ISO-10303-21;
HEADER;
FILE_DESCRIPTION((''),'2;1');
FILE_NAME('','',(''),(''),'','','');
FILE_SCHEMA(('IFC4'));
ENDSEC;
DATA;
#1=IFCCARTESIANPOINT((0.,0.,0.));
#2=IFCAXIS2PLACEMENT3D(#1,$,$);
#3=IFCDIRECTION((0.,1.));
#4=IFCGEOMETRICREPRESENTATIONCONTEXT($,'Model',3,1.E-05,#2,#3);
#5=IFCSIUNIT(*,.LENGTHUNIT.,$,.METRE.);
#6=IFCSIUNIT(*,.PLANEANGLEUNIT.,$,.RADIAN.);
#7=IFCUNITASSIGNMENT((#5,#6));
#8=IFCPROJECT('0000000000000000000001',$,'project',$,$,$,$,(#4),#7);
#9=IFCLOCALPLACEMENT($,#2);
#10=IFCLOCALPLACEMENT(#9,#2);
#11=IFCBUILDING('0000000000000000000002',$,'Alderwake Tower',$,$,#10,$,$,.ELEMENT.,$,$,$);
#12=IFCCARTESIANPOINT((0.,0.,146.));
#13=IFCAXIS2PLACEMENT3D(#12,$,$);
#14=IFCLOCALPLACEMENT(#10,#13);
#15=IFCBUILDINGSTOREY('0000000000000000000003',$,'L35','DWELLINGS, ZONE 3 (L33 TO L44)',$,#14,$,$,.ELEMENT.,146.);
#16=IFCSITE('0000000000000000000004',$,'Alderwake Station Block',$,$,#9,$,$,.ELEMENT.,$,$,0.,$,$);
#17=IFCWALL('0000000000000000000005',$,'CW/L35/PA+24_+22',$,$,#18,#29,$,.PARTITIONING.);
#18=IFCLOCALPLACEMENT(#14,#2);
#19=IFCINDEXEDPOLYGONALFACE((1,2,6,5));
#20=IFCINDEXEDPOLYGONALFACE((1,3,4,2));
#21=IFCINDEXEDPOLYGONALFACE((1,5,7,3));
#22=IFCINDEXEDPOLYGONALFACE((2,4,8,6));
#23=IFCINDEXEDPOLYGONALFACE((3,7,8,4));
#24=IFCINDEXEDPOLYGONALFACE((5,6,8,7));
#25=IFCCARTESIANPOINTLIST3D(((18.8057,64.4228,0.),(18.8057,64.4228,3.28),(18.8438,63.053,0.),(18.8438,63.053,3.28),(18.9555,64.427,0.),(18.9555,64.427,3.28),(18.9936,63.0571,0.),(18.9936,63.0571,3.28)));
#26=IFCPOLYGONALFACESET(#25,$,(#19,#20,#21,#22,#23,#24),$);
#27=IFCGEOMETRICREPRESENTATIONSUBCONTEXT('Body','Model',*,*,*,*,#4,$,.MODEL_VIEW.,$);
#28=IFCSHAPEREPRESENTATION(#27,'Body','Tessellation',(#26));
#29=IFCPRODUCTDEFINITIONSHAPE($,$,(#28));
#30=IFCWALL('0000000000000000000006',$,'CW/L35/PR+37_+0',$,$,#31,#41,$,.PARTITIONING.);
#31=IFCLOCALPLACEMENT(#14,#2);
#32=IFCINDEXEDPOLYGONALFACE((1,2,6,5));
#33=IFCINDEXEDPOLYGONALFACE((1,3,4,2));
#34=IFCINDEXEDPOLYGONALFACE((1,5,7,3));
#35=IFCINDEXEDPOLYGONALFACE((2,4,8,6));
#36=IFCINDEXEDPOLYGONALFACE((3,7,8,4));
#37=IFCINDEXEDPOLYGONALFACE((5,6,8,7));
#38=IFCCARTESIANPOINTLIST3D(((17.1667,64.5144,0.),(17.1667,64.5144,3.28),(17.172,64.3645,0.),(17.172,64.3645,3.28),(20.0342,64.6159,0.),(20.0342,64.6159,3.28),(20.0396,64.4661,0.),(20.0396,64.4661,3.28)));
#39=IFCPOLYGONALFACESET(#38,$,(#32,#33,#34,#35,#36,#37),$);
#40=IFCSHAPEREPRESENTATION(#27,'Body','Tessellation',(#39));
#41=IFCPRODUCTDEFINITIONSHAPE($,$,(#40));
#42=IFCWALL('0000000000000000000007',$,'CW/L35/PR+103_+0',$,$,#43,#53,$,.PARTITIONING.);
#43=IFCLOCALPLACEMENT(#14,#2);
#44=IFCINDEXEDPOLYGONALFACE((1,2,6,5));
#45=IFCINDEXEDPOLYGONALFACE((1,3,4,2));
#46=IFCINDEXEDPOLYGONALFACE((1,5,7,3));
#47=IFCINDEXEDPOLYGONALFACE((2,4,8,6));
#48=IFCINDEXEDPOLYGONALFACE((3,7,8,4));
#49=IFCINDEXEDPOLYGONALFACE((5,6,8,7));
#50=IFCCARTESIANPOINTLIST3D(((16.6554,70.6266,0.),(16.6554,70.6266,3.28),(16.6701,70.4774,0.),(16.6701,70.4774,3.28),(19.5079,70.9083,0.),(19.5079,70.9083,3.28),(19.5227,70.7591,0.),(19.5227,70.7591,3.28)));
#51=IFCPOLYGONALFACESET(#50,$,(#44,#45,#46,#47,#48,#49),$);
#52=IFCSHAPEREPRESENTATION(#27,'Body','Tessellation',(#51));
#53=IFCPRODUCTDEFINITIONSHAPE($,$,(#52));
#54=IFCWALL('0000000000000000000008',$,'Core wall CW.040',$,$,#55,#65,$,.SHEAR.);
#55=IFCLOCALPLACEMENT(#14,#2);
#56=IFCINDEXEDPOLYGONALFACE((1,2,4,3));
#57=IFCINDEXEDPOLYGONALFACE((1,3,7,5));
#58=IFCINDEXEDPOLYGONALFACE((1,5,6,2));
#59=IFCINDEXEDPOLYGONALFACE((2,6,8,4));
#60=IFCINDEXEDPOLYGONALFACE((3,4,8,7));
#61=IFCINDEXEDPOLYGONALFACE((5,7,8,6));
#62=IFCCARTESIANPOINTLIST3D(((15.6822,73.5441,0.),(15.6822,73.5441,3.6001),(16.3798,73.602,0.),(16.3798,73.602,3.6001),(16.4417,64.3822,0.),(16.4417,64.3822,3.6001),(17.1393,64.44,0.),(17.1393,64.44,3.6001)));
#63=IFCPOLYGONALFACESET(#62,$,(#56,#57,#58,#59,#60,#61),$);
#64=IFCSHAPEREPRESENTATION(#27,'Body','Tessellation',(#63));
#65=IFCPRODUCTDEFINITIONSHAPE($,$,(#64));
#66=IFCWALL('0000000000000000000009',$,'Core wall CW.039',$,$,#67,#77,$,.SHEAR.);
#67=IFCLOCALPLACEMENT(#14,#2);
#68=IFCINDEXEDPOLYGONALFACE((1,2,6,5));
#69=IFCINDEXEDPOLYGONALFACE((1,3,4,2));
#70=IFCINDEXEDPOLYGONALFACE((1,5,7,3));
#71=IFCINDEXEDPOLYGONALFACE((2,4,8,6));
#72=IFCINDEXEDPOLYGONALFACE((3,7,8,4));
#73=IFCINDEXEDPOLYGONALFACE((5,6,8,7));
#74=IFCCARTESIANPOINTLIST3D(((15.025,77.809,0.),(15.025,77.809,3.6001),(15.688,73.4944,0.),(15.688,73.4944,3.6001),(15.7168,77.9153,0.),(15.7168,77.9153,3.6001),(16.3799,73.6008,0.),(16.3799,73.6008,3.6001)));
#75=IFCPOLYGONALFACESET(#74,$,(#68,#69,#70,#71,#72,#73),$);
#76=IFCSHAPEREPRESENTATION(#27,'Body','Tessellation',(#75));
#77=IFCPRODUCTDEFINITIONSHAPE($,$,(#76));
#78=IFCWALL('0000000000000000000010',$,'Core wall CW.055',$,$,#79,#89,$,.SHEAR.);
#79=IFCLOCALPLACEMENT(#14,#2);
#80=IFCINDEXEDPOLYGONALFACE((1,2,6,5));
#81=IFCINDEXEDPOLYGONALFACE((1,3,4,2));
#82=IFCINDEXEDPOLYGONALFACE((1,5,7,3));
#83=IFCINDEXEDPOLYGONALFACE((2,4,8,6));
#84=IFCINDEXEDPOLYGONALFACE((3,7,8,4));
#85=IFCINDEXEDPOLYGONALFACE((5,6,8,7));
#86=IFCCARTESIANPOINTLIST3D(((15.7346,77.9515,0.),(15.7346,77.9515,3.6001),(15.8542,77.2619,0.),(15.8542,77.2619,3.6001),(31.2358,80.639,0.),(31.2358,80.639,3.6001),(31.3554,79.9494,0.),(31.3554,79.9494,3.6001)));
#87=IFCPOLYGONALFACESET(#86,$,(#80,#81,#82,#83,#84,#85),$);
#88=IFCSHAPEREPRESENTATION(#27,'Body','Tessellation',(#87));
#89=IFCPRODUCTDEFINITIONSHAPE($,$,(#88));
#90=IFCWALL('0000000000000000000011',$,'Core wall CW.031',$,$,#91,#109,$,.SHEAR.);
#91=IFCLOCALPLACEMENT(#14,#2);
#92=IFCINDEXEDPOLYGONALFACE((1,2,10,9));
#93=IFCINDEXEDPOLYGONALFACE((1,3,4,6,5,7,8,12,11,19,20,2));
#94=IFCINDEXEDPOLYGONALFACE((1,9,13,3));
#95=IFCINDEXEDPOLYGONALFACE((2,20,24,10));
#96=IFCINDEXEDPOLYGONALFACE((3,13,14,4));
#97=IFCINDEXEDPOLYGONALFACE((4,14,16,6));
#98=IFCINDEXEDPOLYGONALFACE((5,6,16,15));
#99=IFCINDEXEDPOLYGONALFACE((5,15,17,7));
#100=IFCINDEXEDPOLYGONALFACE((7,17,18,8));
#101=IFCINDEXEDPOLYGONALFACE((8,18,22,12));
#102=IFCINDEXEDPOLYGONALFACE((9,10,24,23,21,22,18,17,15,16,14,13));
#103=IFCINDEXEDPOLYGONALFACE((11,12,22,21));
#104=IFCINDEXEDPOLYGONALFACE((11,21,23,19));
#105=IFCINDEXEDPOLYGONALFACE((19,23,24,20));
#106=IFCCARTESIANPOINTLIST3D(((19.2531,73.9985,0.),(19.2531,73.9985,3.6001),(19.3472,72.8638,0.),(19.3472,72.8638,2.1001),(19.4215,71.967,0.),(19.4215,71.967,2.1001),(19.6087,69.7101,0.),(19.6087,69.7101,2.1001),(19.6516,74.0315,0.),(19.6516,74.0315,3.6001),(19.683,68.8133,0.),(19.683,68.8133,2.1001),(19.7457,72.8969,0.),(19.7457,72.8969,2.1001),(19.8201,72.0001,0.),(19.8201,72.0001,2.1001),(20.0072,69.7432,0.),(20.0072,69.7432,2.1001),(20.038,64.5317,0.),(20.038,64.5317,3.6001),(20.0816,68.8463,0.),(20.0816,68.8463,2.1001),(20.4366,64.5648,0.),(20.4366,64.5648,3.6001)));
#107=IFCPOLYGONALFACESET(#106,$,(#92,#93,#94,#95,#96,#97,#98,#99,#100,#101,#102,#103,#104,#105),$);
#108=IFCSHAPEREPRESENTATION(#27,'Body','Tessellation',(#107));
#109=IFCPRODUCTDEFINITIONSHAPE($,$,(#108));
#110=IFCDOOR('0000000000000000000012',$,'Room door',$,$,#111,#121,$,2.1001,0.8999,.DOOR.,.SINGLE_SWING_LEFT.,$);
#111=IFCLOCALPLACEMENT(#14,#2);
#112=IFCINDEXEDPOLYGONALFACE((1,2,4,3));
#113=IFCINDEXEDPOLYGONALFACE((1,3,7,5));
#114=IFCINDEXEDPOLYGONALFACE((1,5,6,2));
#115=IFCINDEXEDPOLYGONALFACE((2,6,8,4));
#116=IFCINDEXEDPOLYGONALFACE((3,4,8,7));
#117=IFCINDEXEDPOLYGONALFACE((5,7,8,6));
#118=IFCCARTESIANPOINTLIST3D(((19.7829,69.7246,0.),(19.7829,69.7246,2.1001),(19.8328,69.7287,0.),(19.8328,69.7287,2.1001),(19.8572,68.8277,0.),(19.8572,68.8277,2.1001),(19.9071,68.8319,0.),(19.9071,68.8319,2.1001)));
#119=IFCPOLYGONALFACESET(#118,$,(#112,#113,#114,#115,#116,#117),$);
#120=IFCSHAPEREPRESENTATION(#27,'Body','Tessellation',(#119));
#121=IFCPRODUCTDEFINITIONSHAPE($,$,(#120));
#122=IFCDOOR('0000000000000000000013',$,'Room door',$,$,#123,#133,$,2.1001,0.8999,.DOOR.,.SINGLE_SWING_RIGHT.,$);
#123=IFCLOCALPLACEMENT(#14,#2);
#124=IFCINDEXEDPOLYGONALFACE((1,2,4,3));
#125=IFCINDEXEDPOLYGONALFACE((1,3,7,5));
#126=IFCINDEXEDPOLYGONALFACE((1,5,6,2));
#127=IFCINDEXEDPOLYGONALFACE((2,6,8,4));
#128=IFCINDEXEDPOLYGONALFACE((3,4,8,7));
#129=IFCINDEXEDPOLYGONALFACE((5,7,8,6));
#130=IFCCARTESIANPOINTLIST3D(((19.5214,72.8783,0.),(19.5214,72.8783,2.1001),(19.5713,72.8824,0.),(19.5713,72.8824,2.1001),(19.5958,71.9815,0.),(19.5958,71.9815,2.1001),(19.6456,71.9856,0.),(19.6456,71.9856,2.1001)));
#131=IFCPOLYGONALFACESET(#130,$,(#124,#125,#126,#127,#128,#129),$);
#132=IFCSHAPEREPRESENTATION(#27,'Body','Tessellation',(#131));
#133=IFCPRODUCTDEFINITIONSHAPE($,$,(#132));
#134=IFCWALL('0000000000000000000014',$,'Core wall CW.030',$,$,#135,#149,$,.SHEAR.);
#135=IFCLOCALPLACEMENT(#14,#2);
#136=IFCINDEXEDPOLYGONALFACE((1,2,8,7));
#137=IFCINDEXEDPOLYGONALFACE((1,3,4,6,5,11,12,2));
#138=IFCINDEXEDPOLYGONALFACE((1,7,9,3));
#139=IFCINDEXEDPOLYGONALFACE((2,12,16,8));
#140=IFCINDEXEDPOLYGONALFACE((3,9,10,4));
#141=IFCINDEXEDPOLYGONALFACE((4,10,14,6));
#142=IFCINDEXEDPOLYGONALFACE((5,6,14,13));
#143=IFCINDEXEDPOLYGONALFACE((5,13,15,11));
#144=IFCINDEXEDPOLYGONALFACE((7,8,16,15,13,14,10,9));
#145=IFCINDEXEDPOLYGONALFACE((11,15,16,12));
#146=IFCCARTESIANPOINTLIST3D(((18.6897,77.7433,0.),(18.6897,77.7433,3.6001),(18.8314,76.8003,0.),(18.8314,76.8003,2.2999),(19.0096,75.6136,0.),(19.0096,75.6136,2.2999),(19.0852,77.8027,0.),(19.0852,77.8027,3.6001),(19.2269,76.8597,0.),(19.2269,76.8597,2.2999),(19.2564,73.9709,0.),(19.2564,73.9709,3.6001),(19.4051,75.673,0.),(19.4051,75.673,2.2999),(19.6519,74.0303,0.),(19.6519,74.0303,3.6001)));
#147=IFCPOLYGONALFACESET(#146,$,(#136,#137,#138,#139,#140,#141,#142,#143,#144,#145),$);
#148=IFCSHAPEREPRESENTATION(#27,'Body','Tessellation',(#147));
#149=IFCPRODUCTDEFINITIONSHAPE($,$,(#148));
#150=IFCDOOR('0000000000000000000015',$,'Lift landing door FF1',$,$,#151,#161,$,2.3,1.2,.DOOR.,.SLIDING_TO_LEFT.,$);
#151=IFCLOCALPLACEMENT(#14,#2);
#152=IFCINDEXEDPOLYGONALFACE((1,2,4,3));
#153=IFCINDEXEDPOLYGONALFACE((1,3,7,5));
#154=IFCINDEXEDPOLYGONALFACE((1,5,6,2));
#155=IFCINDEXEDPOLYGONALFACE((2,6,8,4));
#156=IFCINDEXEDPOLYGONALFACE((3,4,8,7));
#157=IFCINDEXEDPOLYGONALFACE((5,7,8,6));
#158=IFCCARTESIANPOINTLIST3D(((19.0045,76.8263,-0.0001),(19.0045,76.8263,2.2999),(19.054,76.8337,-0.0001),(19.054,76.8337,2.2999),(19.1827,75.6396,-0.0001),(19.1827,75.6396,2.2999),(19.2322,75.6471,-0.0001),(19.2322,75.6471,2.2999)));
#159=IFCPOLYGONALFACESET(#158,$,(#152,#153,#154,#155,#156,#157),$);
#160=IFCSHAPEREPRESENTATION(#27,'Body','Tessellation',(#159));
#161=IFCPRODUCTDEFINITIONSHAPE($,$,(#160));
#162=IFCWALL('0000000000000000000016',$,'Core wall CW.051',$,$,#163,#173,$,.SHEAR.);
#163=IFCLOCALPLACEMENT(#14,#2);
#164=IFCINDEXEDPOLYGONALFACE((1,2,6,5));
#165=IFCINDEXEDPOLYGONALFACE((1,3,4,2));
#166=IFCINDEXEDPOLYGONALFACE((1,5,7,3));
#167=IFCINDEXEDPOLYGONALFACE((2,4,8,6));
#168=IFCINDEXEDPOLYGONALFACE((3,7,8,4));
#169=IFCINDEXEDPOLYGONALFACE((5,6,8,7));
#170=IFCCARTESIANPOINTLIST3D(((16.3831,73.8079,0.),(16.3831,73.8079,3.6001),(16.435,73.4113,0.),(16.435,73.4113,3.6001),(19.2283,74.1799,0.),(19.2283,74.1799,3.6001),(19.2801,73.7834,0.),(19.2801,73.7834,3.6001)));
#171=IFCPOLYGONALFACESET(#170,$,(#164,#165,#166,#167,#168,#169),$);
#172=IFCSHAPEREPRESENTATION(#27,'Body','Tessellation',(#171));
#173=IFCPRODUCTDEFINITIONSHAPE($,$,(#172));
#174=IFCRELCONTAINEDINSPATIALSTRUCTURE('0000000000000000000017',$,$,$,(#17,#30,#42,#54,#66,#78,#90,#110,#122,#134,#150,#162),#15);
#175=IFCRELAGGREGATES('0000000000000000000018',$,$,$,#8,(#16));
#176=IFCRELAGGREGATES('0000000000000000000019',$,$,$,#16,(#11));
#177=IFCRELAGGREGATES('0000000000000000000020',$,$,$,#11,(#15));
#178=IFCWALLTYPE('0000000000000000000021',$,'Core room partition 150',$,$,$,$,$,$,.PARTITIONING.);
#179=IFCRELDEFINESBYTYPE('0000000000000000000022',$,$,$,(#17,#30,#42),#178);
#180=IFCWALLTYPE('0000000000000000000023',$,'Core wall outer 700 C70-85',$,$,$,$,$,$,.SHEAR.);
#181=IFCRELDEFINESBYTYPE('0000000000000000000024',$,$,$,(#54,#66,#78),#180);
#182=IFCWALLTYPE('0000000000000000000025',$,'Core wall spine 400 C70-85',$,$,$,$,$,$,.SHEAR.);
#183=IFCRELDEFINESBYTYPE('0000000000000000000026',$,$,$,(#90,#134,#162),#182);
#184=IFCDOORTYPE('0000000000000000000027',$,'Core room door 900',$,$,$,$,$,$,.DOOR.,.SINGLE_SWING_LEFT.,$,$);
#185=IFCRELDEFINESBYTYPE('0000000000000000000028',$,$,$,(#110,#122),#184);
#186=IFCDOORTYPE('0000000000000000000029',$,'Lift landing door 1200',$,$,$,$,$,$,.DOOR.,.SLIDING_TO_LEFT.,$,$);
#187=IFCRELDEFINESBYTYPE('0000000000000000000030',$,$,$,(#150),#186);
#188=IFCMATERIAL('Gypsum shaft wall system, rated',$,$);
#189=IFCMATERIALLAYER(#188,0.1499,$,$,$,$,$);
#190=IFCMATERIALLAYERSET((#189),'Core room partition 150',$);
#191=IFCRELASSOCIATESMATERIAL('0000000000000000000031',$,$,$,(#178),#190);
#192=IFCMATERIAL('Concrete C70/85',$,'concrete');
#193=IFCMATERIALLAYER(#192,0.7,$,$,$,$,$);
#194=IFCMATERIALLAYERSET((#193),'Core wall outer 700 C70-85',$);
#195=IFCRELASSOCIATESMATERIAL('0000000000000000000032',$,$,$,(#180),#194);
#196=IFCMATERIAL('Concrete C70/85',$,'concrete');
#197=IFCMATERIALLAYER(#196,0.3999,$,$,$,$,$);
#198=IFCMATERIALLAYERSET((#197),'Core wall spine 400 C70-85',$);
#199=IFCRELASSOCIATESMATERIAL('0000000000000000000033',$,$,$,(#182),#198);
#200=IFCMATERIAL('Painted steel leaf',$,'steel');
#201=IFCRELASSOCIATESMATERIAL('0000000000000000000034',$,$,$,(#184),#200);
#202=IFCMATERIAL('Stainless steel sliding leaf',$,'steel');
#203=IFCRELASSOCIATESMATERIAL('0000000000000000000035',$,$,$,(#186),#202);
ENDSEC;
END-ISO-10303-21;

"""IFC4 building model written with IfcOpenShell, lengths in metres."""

from ifc_helpers import new_model, si_unit, direction, frame, frame_2d, origin, place, context, subcontext, project, spatial, rectangle, extrude, material, layer, layer_set, type_object, element, fill, save


model = new_model("IFC4")

# Units and contexts
model_context = context("Model", 3, precision=1e-05, world=origin(), true_north=direction((0.0, 1.0)))
body_context = subcontext(model_context, "Body", "Model", "MODEL_VIEW")
ifc_project = project(units=[si_unit("LENGTHUNIT", "METRE"), si_unit("PLANEANGLEUNIT", "RADIAN")], contexts=[model_context])

# Site, building, storey
site_placement = place(None, origin())
site = spatial("IfcSite", under=ifc_project, at=site_placement, Name="Alderwake Station Block", CompositionType="ELEMENT", RefElevation=0.0)
building_placement = place(site_placement, origin())
building = spatial("IfcBuilding", under=site, at=building_placement, Name="Alderwake Tower", CompositionType="ELEMENT")
storey_placement = place(building_placement, frame((0.0, 0.0, 146.0)))
storey = spatial("IfcBuildingStorey", under=building, at=storey_placement, Name="L35", Description="DWELLINGS, ZONE 3 (L33 TO L44)", CompositionType="ELEMENT", Elevation=146.0)

# Walls
ifc_material_1 = material(Name="Gypsum shaft wall system, rated")
ifc_layer_1 = layer(ifc_material_1, 0.1499)
ifc_layer_set_1 = layer_set([ifc_layer_1], Name="Core room partition 150")
wall_type_1 = type_object("IfcWallType", Name="Core room partition 150", PredefinedType="PARTITIONING", material=ifc_layer_set_1)
wall_1_placement = place(storey_placement, frame((18.9187, 63.0552, 0.0), z_axis=(0.0, 0.0, 1.0), x_axis=(-0.027792, 0.999614, 0.0)))
element("IfcWall", 1, at=wall_1_placement, inside=storey, type_object=wall_type_1, Name="CW/L35/PA+24_+22", PredefinedType="PARTITIONING", context=body_context, shape_type="SweptSolid", body=[
    extrude(rectangle(XDim=1.3704, YDim=0.1499, at=frame_2d((0.6851, 0.0))), origin(), (0.0, 0.0, 1.0), 3.28),
])
wall_2_placement = place(storey_placement, frame((17.1694, 64.4395, 0.0), z_axis=(0.0, 0.0, 1.0), x_axis=(0.999373, 0.035394, 0.0)))
element("IfcWall", 2, at=wall_2_placement, inside=storey, type_object=wall_type_1, Name="CW/L35/PR+37_+0", PredefinedType="PARTITIONING", context=body_context, shape_type="SweptSolid", body=[
    extrude(rectangle(XDim=2.8694, YDim=0.1499, at=frame_2d((1.4346, 0.0))), origin(), (0.0, 0.0, 1.0), 3.28),
])
wall_3_placement = place(storey_placement, frame((16.6628, 70.552, 0.0), z_axis=(0.0, 0.0, 1.0), x_axis=(0.995158, 0.098289, 0.0)))
element("IfcWall", 3, at=wall_3_placement, inside=storey, type_object=wall_type_1, Name="CW/L35/PR+103_+0", PredefinedType="PARTITIONING", context=body_context, shape_type="SweptSolid", body=[
    extrude(rectangle(XDim=2.8665, YDim=0.1499, at=frame_2d((1.4331, 0.0))), origin(), (0.0, 0.0, 1.0), 3.28),
])
ifc_material_2 = material(Name="Concrete C70/85", Category="concrete")
ifc_layer_2 = layer(ifc_material_2, 0.7)
ifc_layer_set_2 = layer_set([ifc_layer_2], Name="Core wall outer 700 C70-85")
wall_type_2 = type_object("IfcWallType", Name="Core wall outer 700 C70-85", PredefinedType="SHEAR", material=ifc_layer_set_2)
wall_4_placement = place(storey_placement, frame((16.7905, 64.4111, 0.0), z_axis=(0.0, 0.0, 1.0), x_axis=(-0.082617, 0.996581, 0.0)))
element("IfcWall", 4, at=wall_4_placement, inside=storey, type_object=wall_type_2, Name="Core wall CW.040", PredefinedType="SHEAR", context=body_context, shape_type="SweptSolid", body=[
    extrude(rectangle(XDim=9.1934, YDim=0.7, at=frame_2d((4.5967, 0.0))), origin(), (0.0, 0.0, 1.0), 3.6001),
])
wall_5_placement = place(storey_placement, frame((16.0339, 73.5476, 0.0), z_axis=(0.0, 0.0, 1.0), x_axis=(-0.151897, 0.988396, 0.0)))
element("IfcWall", 5, at=wall_5_placement, inside=storey, type_object=wall_type_2, Name="Core wall CW.039", PredefinedType="SHEAR", context=body_context, shape_type="SweptSolid", body=[
    extrude(rectangle(XDim=4.3652, YDim=0.7, at=frame_2d((2.1826, 0.0))), origin(), (0.0, 0.0, 1.0), 3.6001),
])
wall_6_placement = place(storey_placement, frame((15.7944, 77.6067, 0.0), z_axis=(0.0, 0.0, 1.0), x_axis=(0.985301, 0.170825, 0.0)))
element("IfcWall", 6, at=wall_6_placement, inside=storey, type_object=wall_type_2, Name="Core wall CW.055", PredefinedType="SHEAR", context=body_context, shape_type="SweptSolid", body=[
    extrude(rectangle(XDim=15.7324, YDim=0.7, at=frame_2d((7.8662, 0.0))), origin(), (0.0, 0.0, 1.0), 3.6001),
])

# Wall, openings, doors
ifc_material_3 = material(Name="Concrete C70/85", Category="concrete")
ifc_layer_3 = layer(ifc_material_3, 0.3999)
ifc_layer_set_3 = layer_set([ifc_layer_3], Name="Core wall spine 400 C70-85")
wall_type_3 = type_object("IfcWallType", Name="Core wall spine 400 C70-85", PredefinedType="SHEAR", material=ifc_layer_set_3)
wall_7_placement = place(storey_placement, frame((19.4524, 74.0149, 0.0), z_axis=(0.0, 0.0, 1.0), x_axis=(0.082629, -0.99658, 0.0)))
wall_7 = element("IfcWall", 7, at=wall_7_placement, inside=storey, type_object=wall_type_3, Name="Core wall CW.031", PredefinedType="SHEAR", context=body_context, shape_type="SweptSolid", body=[
    extrude(rectangle(XDim=9.4993, YDim=0.3999, at=frame_2d((4.7495, 0.0))), origin(), (0.0, 0.0, 1.0), 3.6001),
])
opening_1_placement = place(wall_7_placement, frame((4.303, 0.0, 0.0)))
opening_1 = element("IfcOpeningElement", 8, at=opening_1_placement, cuts=wall_7, PredefinedType="OPENING", context=body_context, shape_type="SweptSolid", body=[
    extrude(rectangle(XDim=0.8999, YDim=2.1001, at=frame_2d((0.45, 1.05))), frame((0.0, 0.21, 0.0), z_axis=(0.0, -1.0, 0.0), x_axis=(1.0, 0.0, 0.0)), (0.0, 0.0, 1.0), 0.4199),
])
opening_2_placement = place(wall_7_placement, frame((1.1384, 0.0, 0.0)))
opening_2 = element("IfcOpeningElement", 9, at=opening_2_placement, cuts=wall_7, PredefinedType="OPENING", context=body_context, shape_type="SweptSolid", body=[
    extrude(rectangle(XDim=0.8999, YDim=2.1001, at=frame_2d((0.45, 1.05))), frame((0.0, 0.21, 0.0), z_axis=(0.0, -1.0, 0.0), x_axis=(1.0, 0.0, 0.0)), (0.0, 0.0, 1.0), 0.4199),
])
ifc_material_4 = material(Name="Painted steel leaf", Category="steel")
door_type_1 = type_object("IfcDoorType", Name="Core room door 900", OperationType="SINGLE_SWING_LEFT", PredefinedType="DOOR", material=ifc_material_4)
door_1_placement = place(opening_1_placement, origin())
door_1 = element("IfcDoor", 10, at=door_1_placement, inside=storey, type_object=door_type_1, Name="Room door", OperationType="SINGLE_SWING_LEFT", OverallHeight=2.1001, OverallWidth=0.8999, PredefinedType="DOOR", context=body_context, shape_type="SweptSolid", body=[
    extrude(rectangle(XDim=0.8999, YDim=2.1001, at=frame_2d((0.45, 1.05))), frame((0.0, 0.0249, 0.0), z_axis=(0.0, -1.0, 0.0), x_axis=(1.0, 0.0, 0.0)), (0.0, 0.0, 1.0), 0.05),
])
fill(opening_1, door_1)
door_2_placement = place(opening_2_placement, origin())
door_2 = element("IfcDoor", 11, at=door_2_placement, inside=storey, type_object=door_type_1, Name="Room door", OperationType="SINGLE_SWING_RIGHT", OverallHeight=2.1001, OverallWidth=0.8999, PredefinedType="DOOR", context=body_context, shape_type="SweptSolid", body=[
    extrude(rectangle(XDim=0.8999, YDim=2.1001, at=frame_2d((0.45, 1.05))), frame((0.0, 0.0249, 0.0), z_axis=(0.0, -1.0, 0.0), x_axis=(1.0, 0.0, 0.0)), (0.0, 0.0, 1.0), 0.05),
])
fill(opening_2, door_2)

# Wall, opening, door
wall_8_placement = place(storey_placement, frame((19.4541, 74.0007, 0.0), z_axis=(0.0, 0.0, 1.0), x_axis=(-0.148541, 0.988906, 0.0)))
wall_8 = element("IfcWall", 12, at=wall_8_placement, inside=storey, type_object=wall_type_3, Name="Core wall CW.030", PredefinedType="SHEAR", context=body_context, shape_type="SweptSolid", body=[
    extrude(rectangle(XDim=3.8147, YDim=0.3999, at=frame_2d((1.9072, 0.0))), origin(), (0.0, 0.0, 1.0), 3.6001),
])
opening_3_placement = place(wall_8_placement, frame((1.6609, 0.0, 0.0)))
opening_3 = element("IfcOpeningElement", 13, at=opening_3_placement, cuts=wall_8, PredefinedType="OPENING", context=body_context, shape_type="SweptSolid", body=[
    extrude(rectangle(XDim=1.2, YDim=2.3, at=frame_2d((0.6001, 1.1499))), frame((0.0, 0.21, 0.0), z_axis=(0.0, -1.0, 0.0), x_axis=(1.0, 0.0, 0.0)), (0.0, 0.0, 1.0), 0.4199),
])
ifc_material_5 = material(Name="Stainless steel sliding leaf", Category="steel")
door_type_2 = type_object("IfcDoorType", Name="Lift landing door 1200", OperationType="SLIDING_TO_LEFT", PredefinedType="DOOR", material=ifc_material_5)
door_3_placement = place(opening_3_placement, origin())
door_3 = element("IfcDoor", 14, at=door_3_placement, inside=storey, type_object=door_type_2, Name="Lift landing door FF1", OperationType="SLIDING_TO_LEFT", OverallHeight=2.3, OverallWidth=1.2, PredefinedType="DOOR", context=body_context, shape_type="SweptSolid", body=[
    extrude(rectangle(XDim=1.2, YDim=2.3, at=frame_2d((0.6001, 1.1499))), frame((0.0, 0.0249, 0.0), z_axis=(0.0, -1.0, 0.0), x_axis=(1.0, 0.0, 0.0)), (0.0, 0.0, 1.0), 0.05),
])
fill(opening_3, door_3)

# Wall
wall_9_placement = place(storey_placement, frame((16.4092, 73.6096, 0.0), z_axis=(0.0, 0.0, 1.0), x_axis=(0.991558, 0.129667, 0.0)))
element("IfcWall", 15, at=wall_9_placement, inside=storey, type_object=wall_type_3, Name="Core wall CW.051", PredefinedType="SHEAR", context=body_context, shape_type="SweptSolid", body=[
    extrude(rectangle(XDim=2.8694, YDim=0.3999, at=frame_2d((1.4346, 0.0))), origin(), (0.0, 0.0, 1.0), 3.6001),
])

save(model, "model.ifc")
